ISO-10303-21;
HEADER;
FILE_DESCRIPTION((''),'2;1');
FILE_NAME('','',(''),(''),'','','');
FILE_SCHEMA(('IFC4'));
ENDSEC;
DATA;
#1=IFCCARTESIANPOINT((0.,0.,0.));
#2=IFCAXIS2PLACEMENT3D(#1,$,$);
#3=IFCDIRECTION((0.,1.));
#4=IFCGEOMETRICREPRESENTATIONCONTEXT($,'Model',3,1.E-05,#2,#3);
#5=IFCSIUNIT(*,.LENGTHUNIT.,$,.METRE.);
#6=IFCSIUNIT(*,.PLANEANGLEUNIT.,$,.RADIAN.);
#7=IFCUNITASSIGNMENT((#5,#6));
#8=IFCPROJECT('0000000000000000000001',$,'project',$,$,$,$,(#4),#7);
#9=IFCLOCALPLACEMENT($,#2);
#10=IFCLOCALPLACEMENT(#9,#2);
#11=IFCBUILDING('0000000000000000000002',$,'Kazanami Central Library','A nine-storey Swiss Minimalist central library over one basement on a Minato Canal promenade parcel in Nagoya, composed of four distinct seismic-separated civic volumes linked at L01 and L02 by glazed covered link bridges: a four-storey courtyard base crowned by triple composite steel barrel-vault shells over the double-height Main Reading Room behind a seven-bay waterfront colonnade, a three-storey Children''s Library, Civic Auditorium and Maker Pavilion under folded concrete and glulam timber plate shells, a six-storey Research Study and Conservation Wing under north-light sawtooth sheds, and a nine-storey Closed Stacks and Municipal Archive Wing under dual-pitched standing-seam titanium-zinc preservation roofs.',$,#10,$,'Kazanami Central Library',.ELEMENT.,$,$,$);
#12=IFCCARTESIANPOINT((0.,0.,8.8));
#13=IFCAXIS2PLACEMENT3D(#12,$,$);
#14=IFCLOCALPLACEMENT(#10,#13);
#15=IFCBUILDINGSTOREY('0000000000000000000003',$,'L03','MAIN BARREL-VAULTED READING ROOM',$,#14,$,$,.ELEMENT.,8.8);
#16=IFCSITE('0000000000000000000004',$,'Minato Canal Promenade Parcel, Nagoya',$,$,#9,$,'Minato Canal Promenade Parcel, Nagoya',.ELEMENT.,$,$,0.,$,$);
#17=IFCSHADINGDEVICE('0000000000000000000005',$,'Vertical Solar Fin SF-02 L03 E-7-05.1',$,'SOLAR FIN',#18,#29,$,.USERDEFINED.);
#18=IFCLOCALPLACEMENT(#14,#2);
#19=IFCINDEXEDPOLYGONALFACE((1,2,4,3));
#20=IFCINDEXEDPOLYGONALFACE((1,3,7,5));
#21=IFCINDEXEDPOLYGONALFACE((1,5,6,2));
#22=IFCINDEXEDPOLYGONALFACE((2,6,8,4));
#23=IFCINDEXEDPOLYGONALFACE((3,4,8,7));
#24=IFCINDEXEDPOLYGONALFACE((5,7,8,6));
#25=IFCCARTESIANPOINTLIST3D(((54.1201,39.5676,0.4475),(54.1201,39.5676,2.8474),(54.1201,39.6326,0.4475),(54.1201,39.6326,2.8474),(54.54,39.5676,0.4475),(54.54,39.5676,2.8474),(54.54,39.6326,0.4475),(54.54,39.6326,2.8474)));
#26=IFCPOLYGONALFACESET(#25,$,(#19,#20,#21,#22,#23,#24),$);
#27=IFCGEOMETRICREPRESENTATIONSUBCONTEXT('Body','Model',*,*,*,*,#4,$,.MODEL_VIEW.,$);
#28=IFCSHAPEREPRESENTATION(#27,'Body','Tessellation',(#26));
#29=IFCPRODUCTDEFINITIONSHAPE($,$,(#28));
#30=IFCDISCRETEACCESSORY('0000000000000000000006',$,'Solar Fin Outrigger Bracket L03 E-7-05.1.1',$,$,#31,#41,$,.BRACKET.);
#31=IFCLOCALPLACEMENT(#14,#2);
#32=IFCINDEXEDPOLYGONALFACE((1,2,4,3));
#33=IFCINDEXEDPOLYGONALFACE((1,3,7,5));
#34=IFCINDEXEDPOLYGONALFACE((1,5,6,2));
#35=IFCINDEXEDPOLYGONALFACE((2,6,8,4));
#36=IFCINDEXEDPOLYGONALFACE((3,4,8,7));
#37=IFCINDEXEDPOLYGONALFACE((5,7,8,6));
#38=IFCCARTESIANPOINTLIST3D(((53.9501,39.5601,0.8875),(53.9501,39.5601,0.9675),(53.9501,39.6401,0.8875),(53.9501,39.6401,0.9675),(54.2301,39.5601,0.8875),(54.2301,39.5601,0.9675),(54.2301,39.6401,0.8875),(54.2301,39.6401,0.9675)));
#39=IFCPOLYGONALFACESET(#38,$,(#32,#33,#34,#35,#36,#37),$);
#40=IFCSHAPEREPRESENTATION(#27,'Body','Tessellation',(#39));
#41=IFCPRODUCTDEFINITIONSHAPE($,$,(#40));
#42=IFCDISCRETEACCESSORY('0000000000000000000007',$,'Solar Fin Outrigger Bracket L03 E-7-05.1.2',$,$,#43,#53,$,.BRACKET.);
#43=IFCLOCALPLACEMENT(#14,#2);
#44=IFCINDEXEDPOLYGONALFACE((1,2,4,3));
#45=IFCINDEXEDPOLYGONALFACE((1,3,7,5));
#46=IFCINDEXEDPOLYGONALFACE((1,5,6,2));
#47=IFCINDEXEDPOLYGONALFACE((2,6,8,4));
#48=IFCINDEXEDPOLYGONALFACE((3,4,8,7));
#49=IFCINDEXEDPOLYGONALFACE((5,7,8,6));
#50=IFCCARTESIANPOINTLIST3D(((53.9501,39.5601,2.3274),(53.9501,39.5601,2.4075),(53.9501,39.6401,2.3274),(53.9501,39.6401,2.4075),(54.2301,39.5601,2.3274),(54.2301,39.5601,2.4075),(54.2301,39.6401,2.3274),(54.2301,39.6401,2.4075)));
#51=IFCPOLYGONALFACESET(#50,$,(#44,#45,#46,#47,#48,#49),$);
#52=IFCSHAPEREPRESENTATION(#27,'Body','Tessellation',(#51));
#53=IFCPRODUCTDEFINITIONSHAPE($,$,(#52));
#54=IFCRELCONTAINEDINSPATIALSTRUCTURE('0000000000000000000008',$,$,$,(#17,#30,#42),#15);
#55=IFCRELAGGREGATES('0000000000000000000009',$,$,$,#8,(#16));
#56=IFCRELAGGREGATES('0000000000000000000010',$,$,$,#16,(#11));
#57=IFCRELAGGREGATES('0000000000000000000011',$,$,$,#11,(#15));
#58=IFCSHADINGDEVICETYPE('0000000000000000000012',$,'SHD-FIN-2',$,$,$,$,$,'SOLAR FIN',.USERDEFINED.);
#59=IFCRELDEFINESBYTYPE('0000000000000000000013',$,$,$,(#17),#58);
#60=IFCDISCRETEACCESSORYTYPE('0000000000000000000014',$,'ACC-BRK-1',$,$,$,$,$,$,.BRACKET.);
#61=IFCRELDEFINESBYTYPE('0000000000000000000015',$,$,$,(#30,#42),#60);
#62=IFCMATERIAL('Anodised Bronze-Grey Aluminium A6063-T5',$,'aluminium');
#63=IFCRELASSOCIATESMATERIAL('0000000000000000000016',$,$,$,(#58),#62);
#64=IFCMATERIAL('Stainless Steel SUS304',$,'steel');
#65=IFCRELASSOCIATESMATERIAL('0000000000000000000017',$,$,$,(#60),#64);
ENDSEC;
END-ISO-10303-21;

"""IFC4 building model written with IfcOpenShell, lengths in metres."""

from ifc_helpers import new_model, si_unit, direction, frame, origin, origin_2d, place, context, subcontext, project, spatial, rectangle, extrude, material, type_object, element, save


model = new_model("IFC4")

# Units and contexts
model_context = context("Model", 3, precision=1e-05, world=origin(), true_north=direction((0.0, 1.0)))
body_context = subcontext(model_context, "Body", "Model", "MODEL_VIEW")
ifc_project = project(units=[si_unit("LENGTHUNIT", "METRE"), si_unit("PLANEANGLEUNIT", "RADIAN")], contexts=[model_context])

# Site, building, storey
site_placement = place(None, origin())
site = spatial("IfcSite", under=ifc_project, at=site_placement, Name="Minato Canal Promenade Parcel, Nagoya", LongName="Minato Canal Promenade Parcel, Nagoya", CompositionType="ELEMENT", RefElevation=0.0)
building_placement = place(site_placement, origin())
building = spatial("IfcBuilding", under=site, at=building_placement, Name="Kazanami Central Library", Description="A nine-storey Swiss Minimalist central library over one basement on a Minato Canal promenade parcel in Nagoya, composed of four distinct seismic-separated civic volumes linked at L01 and L02 by glazed covered link bridges: a four-storey courtyard base crowned by triple composite steel barrel-vault shells over the double-height Main Reading Room behind a seven-bay waterfront colonnade, a three-storey Children's Library, Civic Auditorium and Maker Pavilion under folded concrete and glulam timber plate shells, a six-storey Research Study and Conservation Wing under north-light sawtooth sheds, and a nine-storey Closed Stacks and Municipal Archive Wing under dual-pitched standing-seam titanium-zinc preservation roofs.", LongName="Kazanami Central Library", CompositionType="ELEMENT")
storey_placement = place(building_placement, frame((0.0, 0.0, 8.8)))
storey = spatial("IfcBuildingStorey", under=building, at=storey_placement, Name="L03", Description="MAIN BARREL-VAULTED READING ROOM", CompositionType="ELEMENT", Elevation=8.8)

# Shading device
ifc_material_1 = material(Name="Anodised Bronze-Grey Aluminium A6063-T5", Category="aluminium")
shading_device_type = type_object("IfcShadingDeviceType", Name="SHD-FIN-2", ElementType="SOLAR FIN", PredefinedType="USERDEFINED", material=ifc_material_1)
shading_device_placement = place(storey_placement, frame((54.3301, 39.6001, 0.4475), z_axis=(0.0, 0.0, 1.0), x_axis=(0.0, -1.0, 0.0)))
element("IfcShadingDevice", 1, at=shading_device_placement, inside=storey, type_object=shading_device_type, Name="Vertical Solar Fin SF-02 L03 E-7-05.1", ObjectType="SOLAR FIN", PredefinedType="USERDEFINED", context=body_context, shape_type="SweptSolid", body=[
    extrude(rectangle(XDim=0.0649, YDim=0.4199, at=origin_2d()), origin(), (0.0, 0.0, 1.0), 2.3999),
])

# Discrete accessories
ifc_material_2 = material(Name="Stainless Steel SUS304", Category="steel")
discrete_accessory_type = type_object("IfcDiscreteAccessoryType", Name="ACC-BRK-1", PredefinedType="BRACKET", material=ifc_material_2)
for number, where, z_axis, x_axis, name in (
    (2, (54.0901, 39.6001, 0.8875), (0.0, 0.0, 1.0), (0.0, -1.0, 0.0), "Solar Fin Outrigger Bracket L03 E-7-05.1.1"),
    (3, (54.0901, 39.6001, 2.3274), (0.0, 0.0, 1.0), (0.0, -1.0, 0.0), "Solar Fin Outrigger Bracket L03 E-7-05.1.2"),
):
    element("IfcDiscreteAccessory", number, at=place(storey_placement, frame(where, z_axis=z_axis, x_axis=x_axis)), inside=storey, type_object=discrete_accessory_type, Name=name, PredefinedType="BRACKET", context=body_context, shape_type="SweptSolid", body=[
        extrude(rectangle(XDim=0.0801, YDim=0.28, at=origin_2d()), origin(), (0.0, 0.0, 1.0), 0.0801),
    ])

save(model, "model.ifc")
